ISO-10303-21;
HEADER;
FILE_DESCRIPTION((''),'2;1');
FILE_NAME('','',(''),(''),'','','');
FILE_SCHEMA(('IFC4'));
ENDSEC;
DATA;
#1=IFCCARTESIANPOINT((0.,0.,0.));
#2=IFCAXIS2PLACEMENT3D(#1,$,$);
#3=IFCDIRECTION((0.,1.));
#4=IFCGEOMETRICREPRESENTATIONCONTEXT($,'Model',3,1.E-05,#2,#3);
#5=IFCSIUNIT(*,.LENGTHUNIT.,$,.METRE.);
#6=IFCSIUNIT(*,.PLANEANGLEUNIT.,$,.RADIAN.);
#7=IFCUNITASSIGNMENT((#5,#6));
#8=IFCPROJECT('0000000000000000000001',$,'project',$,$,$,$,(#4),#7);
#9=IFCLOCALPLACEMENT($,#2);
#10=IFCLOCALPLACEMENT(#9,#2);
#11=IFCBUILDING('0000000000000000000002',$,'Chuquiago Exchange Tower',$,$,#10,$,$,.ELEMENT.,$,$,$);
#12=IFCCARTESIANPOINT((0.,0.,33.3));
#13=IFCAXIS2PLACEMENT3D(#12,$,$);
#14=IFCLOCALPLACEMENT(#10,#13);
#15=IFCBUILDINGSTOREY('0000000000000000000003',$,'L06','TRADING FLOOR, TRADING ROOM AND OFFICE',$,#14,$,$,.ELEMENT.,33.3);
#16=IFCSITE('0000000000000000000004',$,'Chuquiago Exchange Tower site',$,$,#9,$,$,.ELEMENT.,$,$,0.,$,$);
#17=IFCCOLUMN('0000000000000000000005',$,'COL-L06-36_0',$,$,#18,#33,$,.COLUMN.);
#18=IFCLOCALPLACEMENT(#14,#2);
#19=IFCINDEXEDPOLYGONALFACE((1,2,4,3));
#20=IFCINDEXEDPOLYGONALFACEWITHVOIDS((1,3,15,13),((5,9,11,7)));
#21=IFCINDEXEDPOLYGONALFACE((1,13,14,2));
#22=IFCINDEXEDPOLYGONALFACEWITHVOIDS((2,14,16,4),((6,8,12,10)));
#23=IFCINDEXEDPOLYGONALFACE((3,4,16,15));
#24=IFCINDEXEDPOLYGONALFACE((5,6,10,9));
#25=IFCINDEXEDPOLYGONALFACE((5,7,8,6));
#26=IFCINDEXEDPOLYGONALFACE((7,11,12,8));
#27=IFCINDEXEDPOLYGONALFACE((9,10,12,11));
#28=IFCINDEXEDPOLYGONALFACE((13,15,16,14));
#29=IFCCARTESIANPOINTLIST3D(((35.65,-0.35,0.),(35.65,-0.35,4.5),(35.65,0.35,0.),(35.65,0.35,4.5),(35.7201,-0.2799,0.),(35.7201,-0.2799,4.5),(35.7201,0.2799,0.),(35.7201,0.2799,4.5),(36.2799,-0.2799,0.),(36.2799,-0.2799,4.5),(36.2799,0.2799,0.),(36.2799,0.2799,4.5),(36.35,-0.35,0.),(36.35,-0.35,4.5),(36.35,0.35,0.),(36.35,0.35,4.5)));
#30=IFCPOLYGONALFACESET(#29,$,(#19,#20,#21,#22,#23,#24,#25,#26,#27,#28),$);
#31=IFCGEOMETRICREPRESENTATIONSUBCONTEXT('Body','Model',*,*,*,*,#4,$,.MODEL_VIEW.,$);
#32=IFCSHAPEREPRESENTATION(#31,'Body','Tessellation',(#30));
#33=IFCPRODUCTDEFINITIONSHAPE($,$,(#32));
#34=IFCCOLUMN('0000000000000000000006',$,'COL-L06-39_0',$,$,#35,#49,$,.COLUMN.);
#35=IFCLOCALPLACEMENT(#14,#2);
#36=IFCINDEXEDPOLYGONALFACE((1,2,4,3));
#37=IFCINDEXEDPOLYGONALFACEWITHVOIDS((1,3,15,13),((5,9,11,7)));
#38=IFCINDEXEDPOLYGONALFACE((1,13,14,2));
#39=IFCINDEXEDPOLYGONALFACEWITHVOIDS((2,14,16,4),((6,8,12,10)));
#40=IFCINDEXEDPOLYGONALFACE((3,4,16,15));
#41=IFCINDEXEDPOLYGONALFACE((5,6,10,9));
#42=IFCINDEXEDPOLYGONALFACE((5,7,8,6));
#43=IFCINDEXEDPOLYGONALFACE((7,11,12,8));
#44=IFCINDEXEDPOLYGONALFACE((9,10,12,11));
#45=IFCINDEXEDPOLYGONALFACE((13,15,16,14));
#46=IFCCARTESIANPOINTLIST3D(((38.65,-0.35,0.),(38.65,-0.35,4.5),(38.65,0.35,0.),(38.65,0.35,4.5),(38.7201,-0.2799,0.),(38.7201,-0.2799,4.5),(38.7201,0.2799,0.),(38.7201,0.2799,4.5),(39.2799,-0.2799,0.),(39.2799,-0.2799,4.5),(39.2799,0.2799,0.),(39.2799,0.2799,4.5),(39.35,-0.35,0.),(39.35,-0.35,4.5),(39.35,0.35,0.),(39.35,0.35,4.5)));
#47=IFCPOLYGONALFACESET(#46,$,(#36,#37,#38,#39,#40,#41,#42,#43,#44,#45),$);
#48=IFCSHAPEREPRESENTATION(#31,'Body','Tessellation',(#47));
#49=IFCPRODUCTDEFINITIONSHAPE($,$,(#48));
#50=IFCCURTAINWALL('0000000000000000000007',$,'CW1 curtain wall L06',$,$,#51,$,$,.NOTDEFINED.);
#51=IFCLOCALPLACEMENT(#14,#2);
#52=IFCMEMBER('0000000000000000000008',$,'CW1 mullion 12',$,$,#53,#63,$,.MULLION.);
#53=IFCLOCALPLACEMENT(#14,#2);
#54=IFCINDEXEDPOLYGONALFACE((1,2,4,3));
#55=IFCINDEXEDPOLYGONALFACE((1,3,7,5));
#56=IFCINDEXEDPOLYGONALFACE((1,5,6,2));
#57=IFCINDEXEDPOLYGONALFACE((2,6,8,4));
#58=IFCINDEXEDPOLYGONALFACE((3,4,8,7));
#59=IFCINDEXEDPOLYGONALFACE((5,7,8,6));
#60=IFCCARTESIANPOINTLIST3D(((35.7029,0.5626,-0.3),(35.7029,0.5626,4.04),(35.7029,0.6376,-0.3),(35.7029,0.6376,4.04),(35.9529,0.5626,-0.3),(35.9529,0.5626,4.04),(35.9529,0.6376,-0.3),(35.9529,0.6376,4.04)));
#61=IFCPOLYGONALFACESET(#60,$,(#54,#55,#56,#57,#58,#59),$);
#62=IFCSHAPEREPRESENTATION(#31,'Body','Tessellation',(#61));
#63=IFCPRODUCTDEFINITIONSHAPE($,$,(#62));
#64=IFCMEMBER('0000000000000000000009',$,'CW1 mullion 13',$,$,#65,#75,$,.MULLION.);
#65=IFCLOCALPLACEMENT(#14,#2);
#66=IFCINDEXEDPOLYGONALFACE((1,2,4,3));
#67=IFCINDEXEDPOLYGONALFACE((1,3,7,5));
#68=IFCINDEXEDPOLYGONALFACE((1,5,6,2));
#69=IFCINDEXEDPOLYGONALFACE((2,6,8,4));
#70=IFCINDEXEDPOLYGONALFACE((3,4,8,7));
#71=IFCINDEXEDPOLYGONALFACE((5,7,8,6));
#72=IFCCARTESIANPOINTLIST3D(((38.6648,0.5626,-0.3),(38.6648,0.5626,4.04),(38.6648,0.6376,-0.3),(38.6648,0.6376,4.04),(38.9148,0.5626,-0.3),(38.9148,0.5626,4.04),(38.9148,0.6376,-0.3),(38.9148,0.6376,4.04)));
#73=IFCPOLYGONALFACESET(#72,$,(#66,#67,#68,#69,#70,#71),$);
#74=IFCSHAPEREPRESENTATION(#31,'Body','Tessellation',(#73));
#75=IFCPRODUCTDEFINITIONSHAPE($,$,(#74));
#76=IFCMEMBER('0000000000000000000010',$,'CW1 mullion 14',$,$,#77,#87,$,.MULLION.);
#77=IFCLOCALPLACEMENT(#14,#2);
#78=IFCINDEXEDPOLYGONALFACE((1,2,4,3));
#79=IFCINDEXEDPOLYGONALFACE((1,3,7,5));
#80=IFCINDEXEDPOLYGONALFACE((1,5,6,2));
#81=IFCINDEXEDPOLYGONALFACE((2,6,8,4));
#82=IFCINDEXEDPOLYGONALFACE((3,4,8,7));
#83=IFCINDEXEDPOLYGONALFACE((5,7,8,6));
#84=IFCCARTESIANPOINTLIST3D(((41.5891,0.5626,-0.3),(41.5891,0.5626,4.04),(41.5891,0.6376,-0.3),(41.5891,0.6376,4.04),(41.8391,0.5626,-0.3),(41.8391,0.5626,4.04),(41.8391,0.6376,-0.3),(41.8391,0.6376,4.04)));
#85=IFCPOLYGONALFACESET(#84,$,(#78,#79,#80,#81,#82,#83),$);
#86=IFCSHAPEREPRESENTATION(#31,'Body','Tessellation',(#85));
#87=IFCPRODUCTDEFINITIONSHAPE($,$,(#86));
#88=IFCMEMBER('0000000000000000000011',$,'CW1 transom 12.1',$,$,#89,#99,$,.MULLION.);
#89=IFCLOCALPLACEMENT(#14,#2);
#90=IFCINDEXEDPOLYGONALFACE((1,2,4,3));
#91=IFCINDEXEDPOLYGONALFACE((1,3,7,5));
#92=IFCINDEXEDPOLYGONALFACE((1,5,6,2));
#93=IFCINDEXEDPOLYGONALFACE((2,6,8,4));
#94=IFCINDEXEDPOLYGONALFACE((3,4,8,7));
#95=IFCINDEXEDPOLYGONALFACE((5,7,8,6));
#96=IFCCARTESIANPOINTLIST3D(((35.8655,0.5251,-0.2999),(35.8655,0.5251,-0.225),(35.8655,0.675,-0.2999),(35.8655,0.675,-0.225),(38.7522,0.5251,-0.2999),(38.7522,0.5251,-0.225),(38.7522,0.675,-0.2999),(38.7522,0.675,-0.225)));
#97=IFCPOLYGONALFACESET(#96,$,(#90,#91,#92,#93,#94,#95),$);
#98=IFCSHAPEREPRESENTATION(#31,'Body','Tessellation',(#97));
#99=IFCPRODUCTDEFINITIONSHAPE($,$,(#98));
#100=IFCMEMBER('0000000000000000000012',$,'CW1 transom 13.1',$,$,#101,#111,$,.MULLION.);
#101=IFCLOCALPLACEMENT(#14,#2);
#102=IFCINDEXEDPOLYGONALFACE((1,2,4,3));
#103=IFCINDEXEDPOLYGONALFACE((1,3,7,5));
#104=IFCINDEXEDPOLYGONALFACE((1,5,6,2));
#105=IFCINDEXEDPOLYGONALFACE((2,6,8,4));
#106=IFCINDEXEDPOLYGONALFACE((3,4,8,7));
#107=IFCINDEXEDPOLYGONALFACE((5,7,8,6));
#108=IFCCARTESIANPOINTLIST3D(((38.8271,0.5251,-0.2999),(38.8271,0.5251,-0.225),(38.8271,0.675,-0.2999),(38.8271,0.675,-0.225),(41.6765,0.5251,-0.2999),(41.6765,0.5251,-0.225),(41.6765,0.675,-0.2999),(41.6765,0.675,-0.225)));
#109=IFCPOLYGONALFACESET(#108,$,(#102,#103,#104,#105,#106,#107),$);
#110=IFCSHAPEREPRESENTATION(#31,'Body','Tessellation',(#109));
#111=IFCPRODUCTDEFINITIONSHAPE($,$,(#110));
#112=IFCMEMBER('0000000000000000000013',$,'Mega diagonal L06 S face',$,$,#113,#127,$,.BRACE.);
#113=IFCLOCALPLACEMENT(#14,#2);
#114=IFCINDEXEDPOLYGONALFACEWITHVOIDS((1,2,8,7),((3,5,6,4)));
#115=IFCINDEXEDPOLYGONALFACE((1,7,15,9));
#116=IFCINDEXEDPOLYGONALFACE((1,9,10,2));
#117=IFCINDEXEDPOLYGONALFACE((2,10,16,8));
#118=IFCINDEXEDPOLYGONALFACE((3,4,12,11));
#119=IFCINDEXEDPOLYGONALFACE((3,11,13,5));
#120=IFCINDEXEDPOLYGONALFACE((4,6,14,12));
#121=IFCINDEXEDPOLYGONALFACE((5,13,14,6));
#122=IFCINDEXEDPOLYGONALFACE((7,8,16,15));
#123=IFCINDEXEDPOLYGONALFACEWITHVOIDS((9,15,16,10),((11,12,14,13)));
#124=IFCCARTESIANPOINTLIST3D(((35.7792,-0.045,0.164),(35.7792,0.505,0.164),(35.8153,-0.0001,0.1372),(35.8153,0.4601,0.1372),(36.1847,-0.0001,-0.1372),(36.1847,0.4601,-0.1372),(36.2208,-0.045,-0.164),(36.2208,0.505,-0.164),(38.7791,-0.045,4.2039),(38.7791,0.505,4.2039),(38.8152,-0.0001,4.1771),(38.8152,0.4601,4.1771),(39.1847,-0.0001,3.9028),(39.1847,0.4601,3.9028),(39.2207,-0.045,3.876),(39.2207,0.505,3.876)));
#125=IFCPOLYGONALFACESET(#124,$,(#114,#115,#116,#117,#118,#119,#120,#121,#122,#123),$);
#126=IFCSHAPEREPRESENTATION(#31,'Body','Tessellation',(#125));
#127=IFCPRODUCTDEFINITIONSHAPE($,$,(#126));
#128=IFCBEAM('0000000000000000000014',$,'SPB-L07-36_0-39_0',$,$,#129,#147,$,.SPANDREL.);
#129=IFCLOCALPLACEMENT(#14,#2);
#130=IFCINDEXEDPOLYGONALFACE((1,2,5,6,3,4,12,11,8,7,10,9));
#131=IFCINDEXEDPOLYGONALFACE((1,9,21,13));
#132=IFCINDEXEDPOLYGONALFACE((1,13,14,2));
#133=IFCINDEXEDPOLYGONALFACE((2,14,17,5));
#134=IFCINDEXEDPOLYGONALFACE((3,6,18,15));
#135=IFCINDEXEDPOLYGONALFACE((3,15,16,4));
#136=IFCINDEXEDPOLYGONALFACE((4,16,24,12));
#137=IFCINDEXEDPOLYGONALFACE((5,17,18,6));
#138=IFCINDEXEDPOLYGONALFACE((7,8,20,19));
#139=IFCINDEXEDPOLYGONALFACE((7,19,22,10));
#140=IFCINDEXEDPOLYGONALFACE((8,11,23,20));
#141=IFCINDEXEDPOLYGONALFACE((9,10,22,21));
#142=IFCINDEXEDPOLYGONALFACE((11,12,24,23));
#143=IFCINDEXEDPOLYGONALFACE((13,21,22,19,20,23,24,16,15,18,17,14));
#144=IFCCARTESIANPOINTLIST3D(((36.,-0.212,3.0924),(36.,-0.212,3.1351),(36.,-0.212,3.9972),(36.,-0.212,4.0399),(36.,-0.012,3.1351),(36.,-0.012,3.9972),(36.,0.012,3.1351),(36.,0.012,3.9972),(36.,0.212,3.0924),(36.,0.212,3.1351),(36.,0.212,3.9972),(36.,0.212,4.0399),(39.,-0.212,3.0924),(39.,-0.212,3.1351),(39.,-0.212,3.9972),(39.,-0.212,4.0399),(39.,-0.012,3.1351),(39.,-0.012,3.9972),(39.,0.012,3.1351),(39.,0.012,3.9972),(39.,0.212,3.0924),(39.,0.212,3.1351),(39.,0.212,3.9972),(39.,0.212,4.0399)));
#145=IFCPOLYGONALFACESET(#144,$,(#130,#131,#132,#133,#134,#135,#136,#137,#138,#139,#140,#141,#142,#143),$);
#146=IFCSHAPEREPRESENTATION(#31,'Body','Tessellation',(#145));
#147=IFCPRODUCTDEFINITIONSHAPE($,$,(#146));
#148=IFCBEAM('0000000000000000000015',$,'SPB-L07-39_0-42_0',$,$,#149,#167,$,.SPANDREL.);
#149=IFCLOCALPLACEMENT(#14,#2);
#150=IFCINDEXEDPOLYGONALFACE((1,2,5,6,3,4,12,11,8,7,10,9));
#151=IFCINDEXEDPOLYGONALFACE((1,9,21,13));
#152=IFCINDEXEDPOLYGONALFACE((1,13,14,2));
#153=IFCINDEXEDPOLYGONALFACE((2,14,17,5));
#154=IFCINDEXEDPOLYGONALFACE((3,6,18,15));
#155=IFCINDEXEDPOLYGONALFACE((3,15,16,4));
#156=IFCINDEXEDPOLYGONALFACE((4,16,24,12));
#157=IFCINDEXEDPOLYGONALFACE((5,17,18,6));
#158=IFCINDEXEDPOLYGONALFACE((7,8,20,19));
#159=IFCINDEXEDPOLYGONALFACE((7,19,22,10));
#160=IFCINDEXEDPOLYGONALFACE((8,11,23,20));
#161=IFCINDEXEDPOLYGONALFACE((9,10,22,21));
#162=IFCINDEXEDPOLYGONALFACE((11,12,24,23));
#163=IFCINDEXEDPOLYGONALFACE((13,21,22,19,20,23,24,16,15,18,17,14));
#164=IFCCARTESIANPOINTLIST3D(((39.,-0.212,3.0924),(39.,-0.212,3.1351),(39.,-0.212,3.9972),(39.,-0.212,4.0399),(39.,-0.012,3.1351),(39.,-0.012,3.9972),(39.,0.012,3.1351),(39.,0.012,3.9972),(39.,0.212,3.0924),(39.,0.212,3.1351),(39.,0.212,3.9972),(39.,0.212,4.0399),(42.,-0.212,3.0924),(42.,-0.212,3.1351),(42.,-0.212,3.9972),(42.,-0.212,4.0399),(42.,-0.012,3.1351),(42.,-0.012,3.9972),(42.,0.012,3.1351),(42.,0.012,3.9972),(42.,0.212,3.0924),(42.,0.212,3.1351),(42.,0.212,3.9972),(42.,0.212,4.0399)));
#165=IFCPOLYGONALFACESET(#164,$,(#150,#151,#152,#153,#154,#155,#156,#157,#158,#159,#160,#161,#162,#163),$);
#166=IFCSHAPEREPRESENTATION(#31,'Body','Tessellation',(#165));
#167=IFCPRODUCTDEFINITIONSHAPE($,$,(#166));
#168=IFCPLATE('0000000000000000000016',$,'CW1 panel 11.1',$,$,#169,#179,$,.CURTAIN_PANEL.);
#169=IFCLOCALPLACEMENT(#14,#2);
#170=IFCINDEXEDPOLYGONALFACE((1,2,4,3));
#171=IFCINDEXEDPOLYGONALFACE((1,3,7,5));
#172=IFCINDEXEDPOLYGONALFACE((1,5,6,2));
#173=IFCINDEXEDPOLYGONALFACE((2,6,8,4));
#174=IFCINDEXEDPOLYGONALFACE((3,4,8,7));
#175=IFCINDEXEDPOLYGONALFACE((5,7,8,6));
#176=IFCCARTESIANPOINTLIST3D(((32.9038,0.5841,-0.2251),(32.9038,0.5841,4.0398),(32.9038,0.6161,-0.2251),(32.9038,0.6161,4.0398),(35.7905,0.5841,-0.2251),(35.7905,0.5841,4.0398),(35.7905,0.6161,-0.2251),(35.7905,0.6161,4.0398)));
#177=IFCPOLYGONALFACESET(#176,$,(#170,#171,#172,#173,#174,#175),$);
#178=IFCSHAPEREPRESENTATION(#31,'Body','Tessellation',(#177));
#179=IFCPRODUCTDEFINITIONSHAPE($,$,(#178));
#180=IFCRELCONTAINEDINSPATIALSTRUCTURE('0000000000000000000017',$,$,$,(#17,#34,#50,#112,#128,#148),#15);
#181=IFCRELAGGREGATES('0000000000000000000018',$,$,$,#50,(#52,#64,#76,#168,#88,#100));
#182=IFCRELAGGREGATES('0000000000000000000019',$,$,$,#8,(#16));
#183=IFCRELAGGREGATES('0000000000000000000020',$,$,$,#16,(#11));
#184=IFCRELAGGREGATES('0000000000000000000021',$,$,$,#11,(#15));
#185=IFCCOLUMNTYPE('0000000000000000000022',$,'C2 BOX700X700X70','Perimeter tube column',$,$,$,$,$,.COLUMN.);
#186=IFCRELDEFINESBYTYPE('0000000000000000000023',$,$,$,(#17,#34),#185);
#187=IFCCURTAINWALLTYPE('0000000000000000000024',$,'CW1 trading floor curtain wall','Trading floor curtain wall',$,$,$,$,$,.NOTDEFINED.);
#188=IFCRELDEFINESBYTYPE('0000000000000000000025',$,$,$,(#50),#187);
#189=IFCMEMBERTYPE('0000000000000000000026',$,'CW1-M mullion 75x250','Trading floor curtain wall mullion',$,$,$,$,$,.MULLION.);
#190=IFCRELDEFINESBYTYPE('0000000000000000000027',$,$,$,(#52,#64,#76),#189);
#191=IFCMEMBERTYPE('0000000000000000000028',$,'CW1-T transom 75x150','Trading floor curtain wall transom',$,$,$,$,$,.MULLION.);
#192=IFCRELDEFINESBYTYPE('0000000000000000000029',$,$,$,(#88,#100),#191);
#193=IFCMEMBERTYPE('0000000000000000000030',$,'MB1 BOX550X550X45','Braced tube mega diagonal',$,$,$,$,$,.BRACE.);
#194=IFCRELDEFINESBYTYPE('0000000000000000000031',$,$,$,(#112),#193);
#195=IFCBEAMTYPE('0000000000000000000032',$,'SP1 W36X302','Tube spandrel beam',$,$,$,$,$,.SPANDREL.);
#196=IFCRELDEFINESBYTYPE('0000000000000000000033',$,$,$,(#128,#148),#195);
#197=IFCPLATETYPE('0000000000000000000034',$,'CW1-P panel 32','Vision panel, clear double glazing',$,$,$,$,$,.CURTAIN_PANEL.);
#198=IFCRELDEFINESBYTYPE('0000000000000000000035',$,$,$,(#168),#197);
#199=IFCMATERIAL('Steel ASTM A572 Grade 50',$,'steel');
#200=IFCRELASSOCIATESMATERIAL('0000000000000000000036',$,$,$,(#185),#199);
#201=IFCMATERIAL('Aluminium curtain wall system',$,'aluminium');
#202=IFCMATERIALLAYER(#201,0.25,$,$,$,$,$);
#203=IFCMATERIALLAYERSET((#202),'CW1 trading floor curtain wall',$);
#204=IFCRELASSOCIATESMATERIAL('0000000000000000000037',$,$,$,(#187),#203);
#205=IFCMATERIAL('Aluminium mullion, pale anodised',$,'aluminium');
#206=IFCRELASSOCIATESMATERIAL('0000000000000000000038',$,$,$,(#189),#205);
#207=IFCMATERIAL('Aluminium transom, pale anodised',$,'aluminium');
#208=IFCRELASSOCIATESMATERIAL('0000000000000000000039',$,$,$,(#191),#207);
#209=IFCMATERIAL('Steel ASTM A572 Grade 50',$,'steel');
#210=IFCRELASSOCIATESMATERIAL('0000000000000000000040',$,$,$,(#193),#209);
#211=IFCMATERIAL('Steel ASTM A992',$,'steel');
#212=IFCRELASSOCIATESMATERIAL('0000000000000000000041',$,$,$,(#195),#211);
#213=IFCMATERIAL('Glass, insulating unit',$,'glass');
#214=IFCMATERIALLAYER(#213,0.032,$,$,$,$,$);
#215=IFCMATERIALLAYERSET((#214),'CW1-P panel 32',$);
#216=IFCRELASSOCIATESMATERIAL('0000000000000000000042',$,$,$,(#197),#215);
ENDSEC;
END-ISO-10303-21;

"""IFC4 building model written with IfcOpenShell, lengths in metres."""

from ifc_helpers import new_model, si_unit, direction, frame, origin, origin_2d, place, context, subcontext, project, spatial, rectangle, hollow_rectangle, i_section, extrude, material, layer, layer_set, material_profile, profile_set, type_object, element, aggregate, save


model = new_model("IFC4")

# Units and contexts
model_context = context("Model", 3, precision=1e-05, world=origin(), true_north=direction((0.0, 1.0)))
body_context = subcontext(model_context, "Body", "Model", "MODEL_VIEW")
ifc_project = project(units=[si_unit("LENGTHUNIT", "METRE"), si_unit("PLANEANGLEUNIT", "RADIAN")], contexts=[model_context])

# Site, building, storey
site_placement = place(None, origin())
site = spatial("IfcSite", under=ifc_project, at=site_placement, Name="Chuquiago Exchange Tower site", CompositionType="ELEMENT", RefElevation=0.0)
building_placement = place(site_placement, origin())
building = spatial("IfcBuilding", under=site, at=building_placement, Name="Chuquiago Exchange Tower", CompositionType="ELEMENT")
storey_placement = place(building_placement, frame((0.0, 0.0, 33.3)))
storey = spatial("IfcBuildingStorey", under=building, at=storey_placement, Name="L06", Description="TRADING FLOOR, TRADING ROOM AND OFFICE", CompositionType="ELEMENT", Elevation=33.3)

# Columns
ifc_material_1 = material(Name="Steel ASTM A572 Grade 50", Category="steel")
ifc_material_profile_1 = material_profile(ifc_material_1, hollow_rectangle(XDim=0.7, YDim=0.7, WallThickness=0.0701, at=origin_2d()), Name="BOX700X700X70")
ifc_profile_set_1 = profile_set([ifc_material_profile_1], Name="Steel ASTM A572 Grade 50")
column_type = type_object("IfcColumnType", Name="C2 BOX700X700X70", Description="Perimeter tube column", PredefinedType="COLUMN", material=ifc_profile_set_1)
for number, where, z_axis, x_axis, name in (
    (1, (36.0, 0.0, 0.0), (0.0, 0.0, 1.0), (0.0, -1.0, 0.0), "COL-L06-36_0"),
    (2, (39.0, 0.0, 0.0), (0.0, 0.0, 1.0), (0.0, -1.0, 0.0), "COL-L06-39_0"),
):
    element("IfcColumn", number, at=place(storey_placement, frame(where, z_axis=z_axis, x_axis=x_axis)), inside=storey, type_object=column_type, Name=name, PredefinedType="COLUMN", context=body_context, shape_type="SweptSolid", body=[
        extrude(hollow_rectangle(XDim=0.7, YDim=0.7, WallThickness=0.0701, at=origin_2d()), origin(), (0.0, 0.0, 1.0), 4.5),
    ])

# Curtain wall, members
ifc_material_2 = material(Name="Aluminium curtain wall system", Category="aluminium")
ifc_layer_1 = layer(ifc_material_2, 0.25)
ifc_layer_set_1 = layer_set([ifc_layer_1], Name="CW1 trading floor curtain wall")
curtain_wall_type = type_object("IfcCurtainWallType", Name="CW1 trading floor curtain wall", Description="Trading floor curtain wall", PredefinedType="NOTDEFINED", material=ifc_layer_set_1)
curtain_wall_placement = place(storey_placement, origin())
curtain_wall = element("IfcCurtainWall", 3, at=curtain_wall_placement, inside=storey, type_object=curtain_wall_type, Name="CW1 curtain wall L06", PredefinedType="NOTDEFINED")
ifc_material_3 = material(Name="Aluminium mullion, pale anodised", Category="aluminium")
ifc_material_profile_2 = material_profile(ifc_material_3, rectangle(XDim=0.075, YDim=0.25, at=origin_2d()), Name="AL 75x250")
ifc_profile_set_2 = profile_set([ifc_material_profile_2], Name="Aluminium mullion, pale anodised")
member_type_1 = type_object("IfcMemberType", Name="CW1-M mullion 75x250", Description="Trading floor curtain wall mullion", PredefinedType="MULLION", material=ifc_profile_set_2)
member_1_placement = place(storey_placement, frame((35.8279, 0.6001, -0.3), z_axis=(0.0, 0.0, 1.0), x_axis=(0.0, 1.0, 0.0)))
member_1 = element("IfcMember", 4, at=member_1_placement, type_object=member_type_1, Name="CW1 mullion 12", PredefinedType="MULLION", context=body_context, shape_type="SweptSolid", body=[
    extrude(rectangle(XDim=0.075, YDim=0.25, at=origin_2d()), origin(), (0.0, 0.0, 1.0), 4.3401),
])
member_2_placement = place(storey_placement, frame((38.7898, 0.6001, -0.3), z_axis=(0.0, 0.0, 1.0), x_axis=(0.0, 1.0, 0.0)))
member_2 = element("IfcMember", 5, at=member_2_placement, type_object=member_type_1, Name="CW1 mullion 13", PredefinedType="MULLION", context=body_context, shape_type="SweptSolid", body=[
    extrude(rectangle(XDim=0.075, YDim=0.25, at=origin_2d()), origin(), (0.0, 0.0, 1.0), 4.3401),
])
member_3_placement = place(storey_placement, frame((41.7141, 0.6001, -0.3), z_axis=(0.0, 0.0, 1.0), x_axis=(0.0, 1.0, 0.0)))
member_3 = element("IfcMember", 6, at=member_3_placement, type_object=member_type_1, Name="CW1 mullion 14", PredefinedType="MULLION", context=body_context, shape_type="SweptSolid", body=[
    extrude(rectangle(XDim=0.075, YDim=0.25, at=origin_2d()), origin(), (0.0, 0.0, 1.0), 4.3401),
])
ifc_material_4 = material(Name="Aluminium transom, pale anodised", Category="aluminium")
ifc_material_profile_3 = material_profile(ifc_material_4, rectangle(XDim=0.1499, YDim=0.075, at=origin_2d()), Name="AL 150x75")
ifc_profile_set_3 = profile_set([ifc_material_profile_3], Name="Aluminium transom, pale anodised")
member_type_2 = type_object("IfcMemberType", Name="CW1-T transom 75x150", Description="Trading floor curtain wall transom", PredefinedType="MULLION", material=ifc_profile_set_3)
member_4_placement = place(storey_placement, frame((35.8655, 0.6001, -0.2625), z_axis=(1.0, 0.0, 0.0), x_axis=(0.0, 1.0, 0.0)))
member_4 = element("IfcMember", 7, at=member_4_placement, type_object=member_type_2, Name="CW1 transom 12.1", PredefinedType="MULLION", context=body_context, shape_type="SweptSolid", body=[
    extrude(rectangle(XDim=0.1499, YDim=0.075, at=origin_2d()), origin(), (0.0, 0.0, 1.0), 2.8867),
])
member_5_placement = place(storey_placement, frame((38.8271, 0.6001, -0.2625), z_axis=(1.0, 0.0, 0.0), x_axis=(0.0, 1.0, 0.0)))
member_5 = element("IfcMember", 8, at=member_5_placement, type_object=member_type_2, Name="CW1 transom 13.1", PredefinedType="MULLION", context=body_context, shape_type="SweptSolid", body=[
    extrude(rectangle(XDim=0.1499, YDim=0.075, at=origin_2d()), origin(), (0.0, 0.0, 1.0), 2.8494),
])

# Member
ifc_material_5 = material(Name="Steel ASTM A572 Grade 50", Category="steel")
ifc_material_profile_4 = material_profile(ifc_material_5, hollow_rectangle(XDim=0.55, YDim=0.55, WallThickness=0.0449, at=origin_2d()), Name="BOX550X550X45")
ifc_profile_set_4 = profile_set([ifc_material_profile_4], Name="Steel ASTM A572 Grade 50")
member_type_3 = type_object("IfcMemberType", Name="MB1 BOX550X550X45", Description="Braced tube mega diagonal", PredefinedType="BRACE", material=ifc_profile_set_4)
member_6_placement = place(storey_placement, frame((36.0, 0.23, 0.0), z_axis=(0.596174, 0.0, 0.802855), x_axis=(0.0, 1.0, 0.0)))
element("IfcMember", 9, at=member_6_placement, inside=storey, type_object=member_type_3, Name="Mega diagonal L06 S face", PredefinedType="BRACE", context=body_context, shape_type="SweptSolid", body=[
    extrude(hollow_rectangle(XDim=0.55, YDim=0.55, WallThickness=0.0449, at=origin_2d()), origin(), (0.0, 0.0, 1.0), 5.032),
])

# Beams
ifc_material_6 = material(Name="Steel ASTM A992", Category="steel")
ifc_material_profile_5 = material_profile(ifc_material_6, i_section(OverallWidth=0.4241, OverallDepth=0.9475, WebThickness=0.0239, FlangeThickness=0.0427, at=origin_2d()), Name="W36X302")
ifc_profile_set_5 = profile_set([ifc_material_profile_5], Name="Steel ASTM A992")
beam_type = type_object("IfcBeamType", Name="SP1 W36X302", Description="Tube spandrel beam", PredefinedType="SPANDREL", material=ifc_profile_set_5)
for number, where, z_axis, x_axis, name in (
    (10, (36.0, 0.0, 3.5662), (1.0, 0.0, 0.0), (0.0, 1.0, 0.0), "SPB-L07-36_0-39_0"),
    (11, (39.0, 0.0, 3.5662), (1.0, 0.0, 0.0), (0.0, 1.0, 0.0), "SPB-L07-39_0-42_0"),
):
    element("IfcBeam", number, at=place(storey_placement, frame(where, z_axis=z_axis, x_axis=x_axis)), inside=storey, type_object=beam_type, Name=name, PredefinedType="SPANDREL", context=body_context, shape_type="SweptSolid", body=[
        extrude(i_section(OverallWidth=0.4241, OverallDepth=0.9475, WebThickness=0.0239, FlangeThickness=0.0427, at=origin_2d()), origin(), (0.0, 0.0, 1.0), 3.0),
    ])

# Plate
ifc_material_7 = material(Name="Glass, insulating unit", Category="glass")
ifc_layer_2 = layer(ifc_material_7, 0.032)
ifc_layer_set_2 = layer_set([ifc_layer_2], Name="CW1-P panel 32")
plate_type_1 = type_object("IfcPlateType", Name="CW1-P panel 32", Description="Vision panel, clear double glazing", PredefinedType="CURTAIN_PANEL", material=ifc_layer_set_2)
plate_1_placement = place(storey_placement, frame((34.3472, 0.6001, -0.2251), z_axis=(0.0, 0.0, 1.0), x_axis=(1.0, 0.0, 0.0)))
plate_1 = element("IfcPlate", 12, at=plate_1_placement, type_object=plate_type_1, Name="CW1 panel 11.1", PredefinedType="CURTAIN_PANEL", context=body_context, shape_type="SweptSolid", body=[
    extrude(rectangle(XDim=2.8867, YDim=0.032, at=origin_2d()), origin(), (0.0, 0.0, 1.0), 4.2649),
])
aggregate(curtain_wall, [member_1, member_2, member_3, plate_1, member_4, member_5])

save(model, "model.ifc")
